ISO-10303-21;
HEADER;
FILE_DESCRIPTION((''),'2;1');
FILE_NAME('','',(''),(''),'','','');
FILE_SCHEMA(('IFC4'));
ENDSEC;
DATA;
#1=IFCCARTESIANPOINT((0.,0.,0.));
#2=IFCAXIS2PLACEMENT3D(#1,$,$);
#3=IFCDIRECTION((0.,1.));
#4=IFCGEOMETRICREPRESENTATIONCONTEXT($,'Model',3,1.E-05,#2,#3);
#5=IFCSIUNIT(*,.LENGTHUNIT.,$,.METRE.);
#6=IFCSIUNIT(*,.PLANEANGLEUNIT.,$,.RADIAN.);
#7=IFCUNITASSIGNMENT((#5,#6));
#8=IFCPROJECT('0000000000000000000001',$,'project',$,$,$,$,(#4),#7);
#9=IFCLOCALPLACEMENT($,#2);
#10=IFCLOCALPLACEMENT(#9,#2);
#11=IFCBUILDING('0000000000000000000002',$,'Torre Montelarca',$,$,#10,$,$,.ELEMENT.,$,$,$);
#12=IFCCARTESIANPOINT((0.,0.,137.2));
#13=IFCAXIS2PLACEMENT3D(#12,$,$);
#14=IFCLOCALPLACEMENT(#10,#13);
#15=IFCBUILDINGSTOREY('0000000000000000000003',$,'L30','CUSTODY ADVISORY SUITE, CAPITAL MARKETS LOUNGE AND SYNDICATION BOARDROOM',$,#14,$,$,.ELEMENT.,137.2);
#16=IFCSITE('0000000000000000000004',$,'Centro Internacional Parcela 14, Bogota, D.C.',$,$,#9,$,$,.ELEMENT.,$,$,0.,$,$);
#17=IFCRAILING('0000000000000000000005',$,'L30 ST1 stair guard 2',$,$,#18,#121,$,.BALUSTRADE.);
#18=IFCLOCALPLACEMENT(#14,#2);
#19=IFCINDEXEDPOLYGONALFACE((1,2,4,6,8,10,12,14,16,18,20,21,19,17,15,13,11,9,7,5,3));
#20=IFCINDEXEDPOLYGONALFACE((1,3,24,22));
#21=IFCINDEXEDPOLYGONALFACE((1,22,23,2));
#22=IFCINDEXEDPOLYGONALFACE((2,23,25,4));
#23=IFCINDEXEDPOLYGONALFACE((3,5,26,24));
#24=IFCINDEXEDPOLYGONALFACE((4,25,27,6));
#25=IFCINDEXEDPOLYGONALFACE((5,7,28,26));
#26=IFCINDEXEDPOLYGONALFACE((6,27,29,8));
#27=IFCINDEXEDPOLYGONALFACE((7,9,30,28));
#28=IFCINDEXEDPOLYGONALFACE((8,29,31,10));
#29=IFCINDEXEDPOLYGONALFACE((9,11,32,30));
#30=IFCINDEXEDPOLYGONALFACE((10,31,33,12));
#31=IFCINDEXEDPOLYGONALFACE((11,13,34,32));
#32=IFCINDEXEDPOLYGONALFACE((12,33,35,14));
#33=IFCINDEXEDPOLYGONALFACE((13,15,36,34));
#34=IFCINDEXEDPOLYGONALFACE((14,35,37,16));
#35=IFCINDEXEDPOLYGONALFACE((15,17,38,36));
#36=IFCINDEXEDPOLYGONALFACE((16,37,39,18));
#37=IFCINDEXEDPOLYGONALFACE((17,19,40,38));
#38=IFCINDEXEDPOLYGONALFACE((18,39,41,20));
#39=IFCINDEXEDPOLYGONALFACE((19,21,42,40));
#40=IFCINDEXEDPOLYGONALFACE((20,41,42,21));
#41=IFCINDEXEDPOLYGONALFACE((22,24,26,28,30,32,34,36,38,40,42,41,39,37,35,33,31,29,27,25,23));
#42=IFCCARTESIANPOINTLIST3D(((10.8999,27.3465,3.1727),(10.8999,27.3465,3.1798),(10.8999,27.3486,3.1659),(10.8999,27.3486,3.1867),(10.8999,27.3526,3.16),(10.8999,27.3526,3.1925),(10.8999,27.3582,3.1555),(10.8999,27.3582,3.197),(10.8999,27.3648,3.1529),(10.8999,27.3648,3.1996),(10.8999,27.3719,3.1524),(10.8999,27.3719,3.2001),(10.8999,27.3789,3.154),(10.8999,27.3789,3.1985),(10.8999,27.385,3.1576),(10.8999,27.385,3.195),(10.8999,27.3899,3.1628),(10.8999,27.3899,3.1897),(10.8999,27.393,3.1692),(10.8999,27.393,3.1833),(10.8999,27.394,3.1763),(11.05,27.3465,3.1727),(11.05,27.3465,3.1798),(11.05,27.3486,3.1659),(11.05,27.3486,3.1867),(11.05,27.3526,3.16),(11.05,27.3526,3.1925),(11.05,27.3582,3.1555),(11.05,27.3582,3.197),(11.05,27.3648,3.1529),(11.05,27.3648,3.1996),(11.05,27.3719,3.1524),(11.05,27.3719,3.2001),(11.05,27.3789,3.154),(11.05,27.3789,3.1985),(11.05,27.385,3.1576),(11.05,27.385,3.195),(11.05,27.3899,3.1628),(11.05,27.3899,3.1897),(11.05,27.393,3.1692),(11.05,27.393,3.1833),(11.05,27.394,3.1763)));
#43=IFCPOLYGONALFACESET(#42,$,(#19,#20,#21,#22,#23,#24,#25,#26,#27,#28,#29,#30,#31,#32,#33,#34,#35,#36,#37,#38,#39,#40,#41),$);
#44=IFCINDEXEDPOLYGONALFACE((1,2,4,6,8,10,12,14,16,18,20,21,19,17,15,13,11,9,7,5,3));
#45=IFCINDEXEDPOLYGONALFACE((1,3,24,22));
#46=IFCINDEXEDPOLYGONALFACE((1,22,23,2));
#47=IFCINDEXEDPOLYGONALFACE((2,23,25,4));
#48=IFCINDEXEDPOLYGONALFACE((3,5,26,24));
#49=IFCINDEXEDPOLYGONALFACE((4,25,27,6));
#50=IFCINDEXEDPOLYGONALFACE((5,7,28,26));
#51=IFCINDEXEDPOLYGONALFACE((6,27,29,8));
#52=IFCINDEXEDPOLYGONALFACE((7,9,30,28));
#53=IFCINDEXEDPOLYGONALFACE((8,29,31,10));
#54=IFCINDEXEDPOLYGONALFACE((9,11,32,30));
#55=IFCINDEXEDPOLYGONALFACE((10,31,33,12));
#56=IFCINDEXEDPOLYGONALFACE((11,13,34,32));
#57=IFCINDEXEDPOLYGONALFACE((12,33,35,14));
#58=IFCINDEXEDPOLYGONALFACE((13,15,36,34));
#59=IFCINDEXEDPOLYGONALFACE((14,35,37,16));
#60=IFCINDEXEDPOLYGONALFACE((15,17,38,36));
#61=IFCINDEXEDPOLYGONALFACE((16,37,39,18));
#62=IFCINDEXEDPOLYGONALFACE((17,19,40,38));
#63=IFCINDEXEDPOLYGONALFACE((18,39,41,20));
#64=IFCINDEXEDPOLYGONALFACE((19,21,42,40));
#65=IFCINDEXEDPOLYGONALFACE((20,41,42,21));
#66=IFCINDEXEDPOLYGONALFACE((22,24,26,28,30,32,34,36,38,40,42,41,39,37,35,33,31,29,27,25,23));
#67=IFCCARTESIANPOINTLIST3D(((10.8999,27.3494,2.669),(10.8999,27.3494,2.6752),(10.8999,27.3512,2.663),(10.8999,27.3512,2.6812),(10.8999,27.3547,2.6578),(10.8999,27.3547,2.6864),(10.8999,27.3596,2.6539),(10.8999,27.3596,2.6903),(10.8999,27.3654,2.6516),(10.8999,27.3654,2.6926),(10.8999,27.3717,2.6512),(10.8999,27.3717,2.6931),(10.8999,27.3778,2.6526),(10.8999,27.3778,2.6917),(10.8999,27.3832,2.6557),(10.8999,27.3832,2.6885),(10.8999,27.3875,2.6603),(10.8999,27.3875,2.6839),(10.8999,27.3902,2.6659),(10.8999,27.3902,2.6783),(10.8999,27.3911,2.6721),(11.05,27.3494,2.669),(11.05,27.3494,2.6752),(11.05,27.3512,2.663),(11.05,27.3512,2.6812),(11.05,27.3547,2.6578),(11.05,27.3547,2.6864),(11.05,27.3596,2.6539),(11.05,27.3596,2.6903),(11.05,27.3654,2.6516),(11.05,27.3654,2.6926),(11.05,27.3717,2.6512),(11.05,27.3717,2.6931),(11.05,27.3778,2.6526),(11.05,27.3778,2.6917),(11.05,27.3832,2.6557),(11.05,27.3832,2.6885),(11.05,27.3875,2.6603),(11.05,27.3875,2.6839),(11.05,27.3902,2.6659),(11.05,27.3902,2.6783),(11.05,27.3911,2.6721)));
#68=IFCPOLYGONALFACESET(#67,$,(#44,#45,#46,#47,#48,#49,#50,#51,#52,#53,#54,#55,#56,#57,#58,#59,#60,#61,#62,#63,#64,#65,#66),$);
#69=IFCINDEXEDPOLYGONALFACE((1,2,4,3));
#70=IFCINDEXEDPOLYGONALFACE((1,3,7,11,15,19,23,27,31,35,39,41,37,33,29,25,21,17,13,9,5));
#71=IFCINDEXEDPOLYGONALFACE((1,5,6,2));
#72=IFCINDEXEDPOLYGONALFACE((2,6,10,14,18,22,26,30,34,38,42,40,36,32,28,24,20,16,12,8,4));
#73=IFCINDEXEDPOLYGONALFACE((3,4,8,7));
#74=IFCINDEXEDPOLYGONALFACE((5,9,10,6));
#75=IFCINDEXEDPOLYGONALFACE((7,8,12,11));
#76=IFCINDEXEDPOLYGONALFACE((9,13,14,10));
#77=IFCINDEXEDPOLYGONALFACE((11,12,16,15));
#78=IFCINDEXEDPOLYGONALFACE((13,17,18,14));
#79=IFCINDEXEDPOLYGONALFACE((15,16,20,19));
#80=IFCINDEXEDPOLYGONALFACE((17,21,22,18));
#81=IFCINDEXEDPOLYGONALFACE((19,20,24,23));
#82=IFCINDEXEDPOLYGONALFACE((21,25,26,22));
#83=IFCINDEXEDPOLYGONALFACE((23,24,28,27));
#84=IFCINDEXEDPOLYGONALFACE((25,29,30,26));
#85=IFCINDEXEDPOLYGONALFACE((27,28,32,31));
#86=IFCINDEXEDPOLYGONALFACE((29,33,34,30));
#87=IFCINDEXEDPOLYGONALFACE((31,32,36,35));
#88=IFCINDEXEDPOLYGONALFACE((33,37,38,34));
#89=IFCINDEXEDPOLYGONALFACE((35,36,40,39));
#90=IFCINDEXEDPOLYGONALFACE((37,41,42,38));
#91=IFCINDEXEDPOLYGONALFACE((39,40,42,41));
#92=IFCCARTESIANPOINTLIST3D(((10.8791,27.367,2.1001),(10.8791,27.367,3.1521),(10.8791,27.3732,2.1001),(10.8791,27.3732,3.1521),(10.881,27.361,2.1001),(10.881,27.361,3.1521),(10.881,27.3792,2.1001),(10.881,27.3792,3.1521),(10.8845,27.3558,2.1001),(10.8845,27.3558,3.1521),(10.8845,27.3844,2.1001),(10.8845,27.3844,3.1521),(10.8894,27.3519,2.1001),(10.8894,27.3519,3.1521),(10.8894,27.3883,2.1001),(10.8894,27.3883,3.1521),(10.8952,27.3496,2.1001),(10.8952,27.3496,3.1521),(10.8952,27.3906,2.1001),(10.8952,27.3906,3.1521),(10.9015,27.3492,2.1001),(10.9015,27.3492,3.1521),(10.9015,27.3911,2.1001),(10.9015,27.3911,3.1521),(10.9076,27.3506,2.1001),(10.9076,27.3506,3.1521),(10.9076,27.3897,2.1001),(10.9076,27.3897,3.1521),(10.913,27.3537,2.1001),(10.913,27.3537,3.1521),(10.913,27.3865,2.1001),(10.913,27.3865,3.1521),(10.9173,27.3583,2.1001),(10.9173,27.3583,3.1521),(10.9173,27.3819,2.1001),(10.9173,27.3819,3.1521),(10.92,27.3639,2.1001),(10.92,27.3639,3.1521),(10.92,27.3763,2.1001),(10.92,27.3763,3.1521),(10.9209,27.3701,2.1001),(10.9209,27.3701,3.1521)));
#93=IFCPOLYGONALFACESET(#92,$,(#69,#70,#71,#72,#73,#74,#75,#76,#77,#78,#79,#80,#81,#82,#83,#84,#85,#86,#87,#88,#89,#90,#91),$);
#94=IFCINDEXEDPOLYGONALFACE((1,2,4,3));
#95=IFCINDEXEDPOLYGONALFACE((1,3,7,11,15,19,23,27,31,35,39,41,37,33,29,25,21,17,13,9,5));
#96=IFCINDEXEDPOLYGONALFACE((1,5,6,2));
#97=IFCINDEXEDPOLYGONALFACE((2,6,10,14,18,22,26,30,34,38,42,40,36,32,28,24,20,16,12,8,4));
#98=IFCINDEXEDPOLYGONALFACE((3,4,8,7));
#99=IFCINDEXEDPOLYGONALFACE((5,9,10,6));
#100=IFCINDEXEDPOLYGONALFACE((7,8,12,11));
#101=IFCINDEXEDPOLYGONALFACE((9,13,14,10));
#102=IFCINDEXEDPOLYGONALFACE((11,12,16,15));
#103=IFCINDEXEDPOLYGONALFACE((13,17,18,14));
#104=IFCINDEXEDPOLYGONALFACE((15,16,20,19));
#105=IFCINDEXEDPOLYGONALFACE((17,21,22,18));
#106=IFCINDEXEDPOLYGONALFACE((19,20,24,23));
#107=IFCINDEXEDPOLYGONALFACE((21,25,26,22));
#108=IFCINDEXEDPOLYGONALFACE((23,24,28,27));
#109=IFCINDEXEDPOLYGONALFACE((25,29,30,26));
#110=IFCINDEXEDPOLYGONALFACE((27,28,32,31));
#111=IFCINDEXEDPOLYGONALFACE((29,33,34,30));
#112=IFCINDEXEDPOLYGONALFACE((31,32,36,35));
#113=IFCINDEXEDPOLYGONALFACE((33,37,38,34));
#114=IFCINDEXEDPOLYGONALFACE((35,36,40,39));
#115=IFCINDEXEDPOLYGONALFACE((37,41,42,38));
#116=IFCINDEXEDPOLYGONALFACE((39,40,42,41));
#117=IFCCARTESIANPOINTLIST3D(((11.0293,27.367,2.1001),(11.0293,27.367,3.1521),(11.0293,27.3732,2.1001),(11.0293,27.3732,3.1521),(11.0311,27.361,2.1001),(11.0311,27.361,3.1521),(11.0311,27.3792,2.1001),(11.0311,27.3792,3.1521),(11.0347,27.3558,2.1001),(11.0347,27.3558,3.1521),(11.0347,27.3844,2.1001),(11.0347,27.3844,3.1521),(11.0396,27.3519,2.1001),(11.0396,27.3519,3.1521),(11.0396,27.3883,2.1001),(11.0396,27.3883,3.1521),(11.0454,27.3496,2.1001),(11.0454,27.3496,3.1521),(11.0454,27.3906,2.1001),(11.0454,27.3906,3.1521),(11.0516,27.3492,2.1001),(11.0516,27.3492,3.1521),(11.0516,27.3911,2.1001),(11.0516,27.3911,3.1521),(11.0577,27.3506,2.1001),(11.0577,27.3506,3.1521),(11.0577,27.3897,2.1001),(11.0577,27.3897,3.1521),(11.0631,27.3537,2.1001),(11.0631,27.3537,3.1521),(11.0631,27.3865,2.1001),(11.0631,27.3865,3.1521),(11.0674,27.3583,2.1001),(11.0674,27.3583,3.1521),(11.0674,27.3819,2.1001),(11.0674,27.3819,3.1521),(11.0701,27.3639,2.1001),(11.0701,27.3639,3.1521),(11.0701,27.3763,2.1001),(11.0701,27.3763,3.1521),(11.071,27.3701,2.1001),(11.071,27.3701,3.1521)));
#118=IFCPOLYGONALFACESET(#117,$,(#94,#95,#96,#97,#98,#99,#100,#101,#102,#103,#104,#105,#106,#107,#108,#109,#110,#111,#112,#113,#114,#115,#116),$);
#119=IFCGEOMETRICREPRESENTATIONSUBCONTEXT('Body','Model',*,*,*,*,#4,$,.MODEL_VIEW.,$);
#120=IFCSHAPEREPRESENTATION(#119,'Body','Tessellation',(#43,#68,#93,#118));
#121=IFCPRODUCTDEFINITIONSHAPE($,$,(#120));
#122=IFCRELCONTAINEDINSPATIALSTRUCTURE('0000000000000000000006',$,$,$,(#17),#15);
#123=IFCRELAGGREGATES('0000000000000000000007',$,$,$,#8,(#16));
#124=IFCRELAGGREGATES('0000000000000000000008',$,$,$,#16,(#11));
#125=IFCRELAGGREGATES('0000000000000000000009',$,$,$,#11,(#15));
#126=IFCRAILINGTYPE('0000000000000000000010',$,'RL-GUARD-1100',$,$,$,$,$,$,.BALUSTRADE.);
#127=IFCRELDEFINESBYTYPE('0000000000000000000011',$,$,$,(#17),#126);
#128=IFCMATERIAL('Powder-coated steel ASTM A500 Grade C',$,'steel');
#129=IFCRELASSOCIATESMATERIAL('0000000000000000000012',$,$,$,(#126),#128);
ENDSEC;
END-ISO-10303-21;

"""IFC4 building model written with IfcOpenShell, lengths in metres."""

from ifc_helpers import new_model, si_unit, direction, frame, origin, origin_2d, place, context, subcontext, project, spatial, circle, extrude, material, type_object, element, save


model = new_model("IFC4")

# Units and contexts
model_context = context("Model", 3, precision=1e-05, world=origin(), true_north=direction((0.0, 1.0)))
body_context = subcontext(model_context, "Body", "Model", "MODEL_VIEW")
ifc_project = project(units=[si_unit("LENGTHUNIT", "METRE"), si_unit("PLANEANGLEUNIT", "RADIAN")], contexts=[model_context])

# Site, building, storey
site_placement = place(None, origin())
site = spatial("IfcSite", under=ifc_project, at=site_placement, Name="Centro Internacional Parcela 14, Bogota, D.C.", CompositionType="ELEMENT", RefElevation=0.0)
building_placement = place(site_placement, origin())
building = spatial("IfcBuilding", under=site, at=building_placement, Name="Torre Montelarca", CompositionType="ELEMENT")
storey_placement = place(building_placement, frame((0.0, 0.0, 137.2)))
storey = spatial("IfcBuildingStorey", under=building, at=storey_placement, Name="L30", Description="CUSTODY ADVISORY SUITE, CAPITAL MARKETS LOUNGE AND SYNDICATION BOARDROOM", CompositionType="ELEMENT", Elevation=137.2)

# Railing
ifc_material_1 = material(Name="Powder-coated steel ASTM A500 Grade C", Category="steel")
railing_type_1 = type_object("IfcRailingType", Name="RL-GUARD-1100", PredefinedType="BALUSTRADE", material=ifc_material_1)
railing_1_placement = place(storey_placement, frame((10.8999, 27.3701, 2.1001)))
element("IfcRailing", 1, at=railing_1_placement, inside=storey, type_object=railing_type_1, Name="L30 ST1 stair guard 2", PredefinedType="BALUSTRADE", context=body_context, shape_type="SweptSolid", body=[
    extrude(circle(Radius=0.0239, at=origin_2d()), frame((0.0, 0.0, 1.0762), z_axis=(1.0, 0.0, 0.0), x_axis=(0.0, 1.0, 0.0)), (0.0, 0.0, 1.0), 0.1501),
    extrude(circle(Radius=0.021, at=origin_2d()), frame((0.0, 0.0, 0.572), z_axis=(1.0, 0.0, 0.0), x_axis=(0.0, 1.0, 0.0)), (0.0, 0.0, 1.0), 0.1501),
    extrude(circle(Radius=0.021, at=origin_2d()), origin(), (0.0, 0.0, 1.0), 1.052),
    extrude(circle(Radius=0.021, at=origin_2d()), frame((0.1501, 0.0, 0.0)), (0.0, 0.0, 1.0), 1.052),
])

save(model, "model.ifc")
